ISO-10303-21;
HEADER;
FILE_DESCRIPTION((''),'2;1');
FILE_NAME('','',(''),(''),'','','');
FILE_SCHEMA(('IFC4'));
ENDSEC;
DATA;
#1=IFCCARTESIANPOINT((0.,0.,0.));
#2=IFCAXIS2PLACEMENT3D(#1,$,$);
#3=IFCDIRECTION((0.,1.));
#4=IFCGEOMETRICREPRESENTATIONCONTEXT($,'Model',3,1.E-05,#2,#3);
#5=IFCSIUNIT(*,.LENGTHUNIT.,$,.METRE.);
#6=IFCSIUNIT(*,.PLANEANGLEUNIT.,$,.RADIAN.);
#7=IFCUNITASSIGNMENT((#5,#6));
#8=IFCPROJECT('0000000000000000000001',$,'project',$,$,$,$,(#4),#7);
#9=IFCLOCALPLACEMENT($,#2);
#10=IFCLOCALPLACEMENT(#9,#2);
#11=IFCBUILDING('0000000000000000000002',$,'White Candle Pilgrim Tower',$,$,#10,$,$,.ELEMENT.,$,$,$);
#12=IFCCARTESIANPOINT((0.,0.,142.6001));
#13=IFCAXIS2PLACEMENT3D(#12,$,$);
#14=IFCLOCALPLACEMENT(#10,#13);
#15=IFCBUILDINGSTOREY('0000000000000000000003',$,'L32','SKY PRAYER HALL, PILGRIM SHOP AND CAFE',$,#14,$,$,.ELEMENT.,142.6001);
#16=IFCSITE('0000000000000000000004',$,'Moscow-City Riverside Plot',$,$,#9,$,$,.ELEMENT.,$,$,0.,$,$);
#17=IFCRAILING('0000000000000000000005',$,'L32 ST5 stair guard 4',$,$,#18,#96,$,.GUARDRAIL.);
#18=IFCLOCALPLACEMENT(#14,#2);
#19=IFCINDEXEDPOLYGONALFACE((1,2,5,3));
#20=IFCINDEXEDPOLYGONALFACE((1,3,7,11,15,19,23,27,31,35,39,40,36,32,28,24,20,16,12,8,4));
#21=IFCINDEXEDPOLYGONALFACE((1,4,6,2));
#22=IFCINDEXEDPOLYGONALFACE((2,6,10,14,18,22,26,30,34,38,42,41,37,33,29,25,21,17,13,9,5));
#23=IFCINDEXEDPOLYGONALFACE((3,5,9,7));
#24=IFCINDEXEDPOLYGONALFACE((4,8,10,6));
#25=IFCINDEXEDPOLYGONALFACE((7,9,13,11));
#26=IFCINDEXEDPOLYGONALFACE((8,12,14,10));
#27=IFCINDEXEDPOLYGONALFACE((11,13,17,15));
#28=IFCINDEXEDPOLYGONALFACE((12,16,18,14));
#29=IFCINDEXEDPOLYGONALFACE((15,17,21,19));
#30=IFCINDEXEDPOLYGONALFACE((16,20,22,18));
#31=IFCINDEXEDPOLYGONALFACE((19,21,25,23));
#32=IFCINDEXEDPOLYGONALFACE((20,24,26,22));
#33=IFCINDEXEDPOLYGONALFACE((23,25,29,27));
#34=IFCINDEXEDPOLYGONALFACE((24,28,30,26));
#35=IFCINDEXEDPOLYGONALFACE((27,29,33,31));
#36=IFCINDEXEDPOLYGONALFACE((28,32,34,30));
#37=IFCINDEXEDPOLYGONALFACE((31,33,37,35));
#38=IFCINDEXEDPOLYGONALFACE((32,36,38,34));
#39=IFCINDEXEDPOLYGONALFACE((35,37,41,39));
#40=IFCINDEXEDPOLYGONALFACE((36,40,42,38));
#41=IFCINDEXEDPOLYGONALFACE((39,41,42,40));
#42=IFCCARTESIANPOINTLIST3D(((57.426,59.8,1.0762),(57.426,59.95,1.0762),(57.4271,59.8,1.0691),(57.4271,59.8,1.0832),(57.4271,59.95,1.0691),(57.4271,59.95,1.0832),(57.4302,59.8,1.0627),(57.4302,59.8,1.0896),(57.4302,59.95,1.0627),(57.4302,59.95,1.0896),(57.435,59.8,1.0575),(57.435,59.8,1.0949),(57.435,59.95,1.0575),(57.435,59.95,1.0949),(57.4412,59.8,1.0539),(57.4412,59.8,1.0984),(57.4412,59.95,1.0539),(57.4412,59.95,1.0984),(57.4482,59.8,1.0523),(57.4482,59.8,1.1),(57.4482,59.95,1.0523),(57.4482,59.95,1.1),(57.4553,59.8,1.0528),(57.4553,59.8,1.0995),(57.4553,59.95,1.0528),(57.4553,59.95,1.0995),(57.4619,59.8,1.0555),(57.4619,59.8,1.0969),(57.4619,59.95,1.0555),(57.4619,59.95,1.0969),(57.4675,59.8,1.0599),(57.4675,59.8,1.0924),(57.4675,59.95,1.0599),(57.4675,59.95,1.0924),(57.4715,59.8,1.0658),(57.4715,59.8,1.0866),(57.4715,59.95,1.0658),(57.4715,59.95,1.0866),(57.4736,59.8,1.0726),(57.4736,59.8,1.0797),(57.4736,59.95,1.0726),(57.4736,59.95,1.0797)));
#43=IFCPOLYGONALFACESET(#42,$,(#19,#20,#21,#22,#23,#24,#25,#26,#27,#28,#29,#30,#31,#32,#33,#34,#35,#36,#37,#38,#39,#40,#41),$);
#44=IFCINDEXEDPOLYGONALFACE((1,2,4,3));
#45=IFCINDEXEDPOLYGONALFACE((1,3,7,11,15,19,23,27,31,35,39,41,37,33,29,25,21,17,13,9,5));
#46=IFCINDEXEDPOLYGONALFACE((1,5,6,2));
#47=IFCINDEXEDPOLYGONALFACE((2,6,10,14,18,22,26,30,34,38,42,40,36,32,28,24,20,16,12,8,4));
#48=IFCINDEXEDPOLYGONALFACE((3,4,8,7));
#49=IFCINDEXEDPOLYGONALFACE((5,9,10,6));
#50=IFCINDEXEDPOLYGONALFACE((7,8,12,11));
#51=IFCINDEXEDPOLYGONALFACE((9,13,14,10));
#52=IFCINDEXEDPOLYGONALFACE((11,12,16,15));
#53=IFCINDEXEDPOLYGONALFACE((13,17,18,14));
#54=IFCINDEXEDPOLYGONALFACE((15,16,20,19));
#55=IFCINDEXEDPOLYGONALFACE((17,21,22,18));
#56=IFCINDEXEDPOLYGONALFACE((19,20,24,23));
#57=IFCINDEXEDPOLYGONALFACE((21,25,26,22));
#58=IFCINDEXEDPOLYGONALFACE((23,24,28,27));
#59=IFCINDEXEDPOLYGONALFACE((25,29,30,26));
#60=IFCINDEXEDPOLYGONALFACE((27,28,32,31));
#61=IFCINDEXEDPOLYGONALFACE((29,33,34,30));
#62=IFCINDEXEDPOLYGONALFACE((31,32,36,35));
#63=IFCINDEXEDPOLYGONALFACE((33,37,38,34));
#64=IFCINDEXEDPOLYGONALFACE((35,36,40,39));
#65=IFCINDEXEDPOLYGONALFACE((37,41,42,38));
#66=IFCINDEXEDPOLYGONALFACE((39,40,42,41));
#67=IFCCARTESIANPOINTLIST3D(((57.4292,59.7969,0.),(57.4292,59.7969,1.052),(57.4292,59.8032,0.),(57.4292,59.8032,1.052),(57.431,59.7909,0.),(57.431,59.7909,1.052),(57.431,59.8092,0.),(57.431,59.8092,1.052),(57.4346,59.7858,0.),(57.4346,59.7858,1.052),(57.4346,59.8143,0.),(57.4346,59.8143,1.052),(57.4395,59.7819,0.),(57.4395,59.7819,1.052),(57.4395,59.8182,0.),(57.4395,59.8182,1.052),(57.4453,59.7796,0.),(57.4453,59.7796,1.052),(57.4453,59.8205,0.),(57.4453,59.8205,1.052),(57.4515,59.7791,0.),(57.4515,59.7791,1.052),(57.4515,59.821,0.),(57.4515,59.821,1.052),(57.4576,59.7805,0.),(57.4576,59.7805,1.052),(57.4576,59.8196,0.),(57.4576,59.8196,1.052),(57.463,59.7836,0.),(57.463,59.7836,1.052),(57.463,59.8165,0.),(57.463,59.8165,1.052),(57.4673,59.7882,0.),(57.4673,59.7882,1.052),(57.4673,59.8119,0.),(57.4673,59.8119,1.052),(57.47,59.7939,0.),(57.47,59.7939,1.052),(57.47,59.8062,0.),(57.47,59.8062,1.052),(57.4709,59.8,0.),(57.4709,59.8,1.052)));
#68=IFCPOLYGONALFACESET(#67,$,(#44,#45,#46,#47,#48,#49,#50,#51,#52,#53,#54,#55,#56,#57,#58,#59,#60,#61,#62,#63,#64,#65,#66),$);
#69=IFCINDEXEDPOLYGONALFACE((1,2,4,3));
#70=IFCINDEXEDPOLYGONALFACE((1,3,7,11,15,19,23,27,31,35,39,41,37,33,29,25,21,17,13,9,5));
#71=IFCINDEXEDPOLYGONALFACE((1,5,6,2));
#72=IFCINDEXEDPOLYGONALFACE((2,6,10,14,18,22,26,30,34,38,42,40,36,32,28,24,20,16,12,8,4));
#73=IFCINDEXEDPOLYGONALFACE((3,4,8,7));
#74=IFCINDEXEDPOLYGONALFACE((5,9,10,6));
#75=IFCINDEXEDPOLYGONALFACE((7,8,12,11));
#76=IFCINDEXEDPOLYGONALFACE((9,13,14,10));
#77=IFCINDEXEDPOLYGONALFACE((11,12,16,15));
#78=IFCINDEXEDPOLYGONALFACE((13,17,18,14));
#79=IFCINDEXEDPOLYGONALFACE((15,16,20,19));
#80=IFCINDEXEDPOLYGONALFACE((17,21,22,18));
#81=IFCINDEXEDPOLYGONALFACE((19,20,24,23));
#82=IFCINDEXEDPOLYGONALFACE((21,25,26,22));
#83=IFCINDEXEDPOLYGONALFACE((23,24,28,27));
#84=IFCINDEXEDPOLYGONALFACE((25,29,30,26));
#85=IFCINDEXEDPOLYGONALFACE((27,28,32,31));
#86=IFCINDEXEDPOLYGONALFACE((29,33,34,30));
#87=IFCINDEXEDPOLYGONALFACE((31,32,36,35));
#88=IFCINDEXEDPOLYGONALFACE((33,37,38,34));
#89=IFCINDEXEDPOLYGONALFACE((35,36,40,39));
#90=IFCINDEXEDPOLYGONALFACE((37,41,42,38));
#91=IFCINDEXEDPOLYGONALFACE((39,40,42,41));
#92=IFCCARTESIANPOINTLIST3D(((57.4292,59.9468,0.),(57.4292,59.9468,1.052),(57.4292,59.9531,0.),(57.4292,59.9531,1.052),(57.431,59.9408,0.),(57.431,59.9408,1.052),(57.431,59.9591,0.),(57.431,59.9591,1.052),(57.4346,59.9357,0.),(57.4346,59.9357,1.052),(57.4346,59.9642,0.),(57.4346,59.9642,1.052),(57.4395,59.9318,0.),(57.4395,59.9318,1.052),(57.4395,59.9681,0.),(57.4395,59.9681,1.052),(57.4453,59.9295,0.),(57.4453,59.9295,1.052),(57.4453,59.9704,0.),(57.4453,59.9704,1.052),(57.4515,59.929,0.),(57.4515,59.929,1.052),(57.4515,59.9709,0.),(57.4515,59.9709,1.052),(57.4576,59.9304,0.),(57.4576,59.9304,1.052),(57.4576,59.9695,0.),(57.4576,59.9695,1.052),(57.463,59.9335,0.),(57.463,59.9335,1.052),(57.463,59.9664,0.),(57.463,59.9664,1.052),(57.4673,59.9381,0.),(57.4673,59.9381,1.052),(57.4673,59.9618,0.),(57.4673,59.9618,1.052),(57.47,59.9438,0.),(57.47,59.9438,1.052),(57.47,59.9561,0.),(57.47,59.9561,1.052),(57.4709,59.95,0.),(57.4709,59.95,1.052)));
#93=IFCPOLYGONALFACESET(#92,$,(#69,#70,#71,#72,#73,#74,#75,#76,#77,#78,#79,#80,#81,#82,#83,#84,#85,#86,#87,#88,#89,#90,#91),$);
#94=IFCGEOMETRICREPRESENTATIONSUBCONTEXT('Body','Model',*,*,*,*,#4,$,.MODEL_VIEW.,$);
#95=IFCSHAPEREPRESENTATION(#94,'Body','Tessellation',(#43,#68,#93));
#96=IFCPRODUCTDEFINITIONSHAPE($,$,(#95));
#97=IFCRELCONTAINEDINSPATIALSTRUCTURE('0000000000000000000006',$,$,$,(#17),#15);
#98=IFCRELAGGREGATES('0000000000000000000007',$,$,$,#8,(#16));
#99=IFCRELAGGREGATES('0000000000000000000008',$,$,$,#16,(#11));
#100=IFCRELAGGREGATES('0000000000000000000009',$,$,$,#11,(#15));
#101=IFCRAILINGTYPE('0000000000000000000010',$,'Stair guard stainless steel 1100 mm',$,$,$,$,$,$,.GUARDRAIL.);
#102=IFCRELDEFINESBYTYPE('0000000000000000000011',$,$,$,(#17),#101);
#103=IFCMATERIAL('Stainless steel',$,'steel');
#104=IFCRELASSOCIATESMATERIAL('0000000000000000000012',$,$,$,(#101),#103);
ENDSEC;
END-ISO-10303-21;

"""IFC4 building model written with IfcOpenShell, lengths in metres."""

from ifc_helpers import new_model, si_unit, direction, frame, origin, origin_2d, place, context, subcontext, project, spatial, circle, extrude, material, type_object, element, save


model = new_model("IFC4")

# Units and contexts
model_context = context("Model", 3, precision=1e-05, world=origin(), true_north=direction((0.0, 1.0)))
body_context = subcontext(model_context, "Body", "Model", "MODEL_VIEW")
ifc_project = project(units=[si_unit("LENGTHUNIT", "METRE"), si_unit("PLANEANGLEUNIT", "RADIAN")], contexts=[model_context])

# Site, building, storey
site_placement = place(None, origin())
site = spatial("IfcSite", under=ifc_project, at=site_placement, Name="Moscow-City Riverside Plot", CompositionType="ELEMENT", RefElevation=0.0)
building_placement = place(site_placement, origin())
building = spatial("IfcBuilding", under=site, at=building_placement, Name="White Candle Pilgrim Tower", CompositionType="ELEMENT")
storey_placement = place(building_placement, frame((0.0, 0.0, 142.6001)))
storey = spatial("IfcBuildingStorey", under=building, at=storey_placement, Name="L32", Description="SKY PRAYER HALL, PILGRIM SHOP AND CAFE", CompositionType="ELEMENT", Elevation=142.6001)

# Railing
ifc_material_1 = material(Name="Stainless steel", Category="steel")
railing_type_1 = type_object("IfcRailingType", Name="Stair guard stainless steel 1100 mm", PredefinedType="GUARDRAIL", material=ifc_material_1)
railing_1_placement = place(storey_placement, frame((57.45, 59.8, 0.0)))
element("IfcRailing", 1, at=railing_1_placement, inside=storey, type_object=railing_type_1, Name="L32 ST5 stair guard 4", PredefinedType="GUARDRAIL", context=body_context, shape_type="SweptSolid", body=[
    extrude(circle(Radius=0.0239, at=origin_2d()), frame((0.0, 0.0, 1.0762), z_axis=(0.0, 1.0, 0.0), x_axis=(-1.0, 0.0, 0.0)), (0.0, 0.0, 1.0), 0.1499),
    extrude(circle(Radius=0.021, at=origin_2d()), origin(), (0.0, 0.0, 1.0), 1.052),
    extrude(circle(Radius=0.021, at=origin_2d()), frame((0.0, 0.1499, 0.0)), (0.0, 0.0, 1.0), 1.052),
])

save(model, "model.ifc")
